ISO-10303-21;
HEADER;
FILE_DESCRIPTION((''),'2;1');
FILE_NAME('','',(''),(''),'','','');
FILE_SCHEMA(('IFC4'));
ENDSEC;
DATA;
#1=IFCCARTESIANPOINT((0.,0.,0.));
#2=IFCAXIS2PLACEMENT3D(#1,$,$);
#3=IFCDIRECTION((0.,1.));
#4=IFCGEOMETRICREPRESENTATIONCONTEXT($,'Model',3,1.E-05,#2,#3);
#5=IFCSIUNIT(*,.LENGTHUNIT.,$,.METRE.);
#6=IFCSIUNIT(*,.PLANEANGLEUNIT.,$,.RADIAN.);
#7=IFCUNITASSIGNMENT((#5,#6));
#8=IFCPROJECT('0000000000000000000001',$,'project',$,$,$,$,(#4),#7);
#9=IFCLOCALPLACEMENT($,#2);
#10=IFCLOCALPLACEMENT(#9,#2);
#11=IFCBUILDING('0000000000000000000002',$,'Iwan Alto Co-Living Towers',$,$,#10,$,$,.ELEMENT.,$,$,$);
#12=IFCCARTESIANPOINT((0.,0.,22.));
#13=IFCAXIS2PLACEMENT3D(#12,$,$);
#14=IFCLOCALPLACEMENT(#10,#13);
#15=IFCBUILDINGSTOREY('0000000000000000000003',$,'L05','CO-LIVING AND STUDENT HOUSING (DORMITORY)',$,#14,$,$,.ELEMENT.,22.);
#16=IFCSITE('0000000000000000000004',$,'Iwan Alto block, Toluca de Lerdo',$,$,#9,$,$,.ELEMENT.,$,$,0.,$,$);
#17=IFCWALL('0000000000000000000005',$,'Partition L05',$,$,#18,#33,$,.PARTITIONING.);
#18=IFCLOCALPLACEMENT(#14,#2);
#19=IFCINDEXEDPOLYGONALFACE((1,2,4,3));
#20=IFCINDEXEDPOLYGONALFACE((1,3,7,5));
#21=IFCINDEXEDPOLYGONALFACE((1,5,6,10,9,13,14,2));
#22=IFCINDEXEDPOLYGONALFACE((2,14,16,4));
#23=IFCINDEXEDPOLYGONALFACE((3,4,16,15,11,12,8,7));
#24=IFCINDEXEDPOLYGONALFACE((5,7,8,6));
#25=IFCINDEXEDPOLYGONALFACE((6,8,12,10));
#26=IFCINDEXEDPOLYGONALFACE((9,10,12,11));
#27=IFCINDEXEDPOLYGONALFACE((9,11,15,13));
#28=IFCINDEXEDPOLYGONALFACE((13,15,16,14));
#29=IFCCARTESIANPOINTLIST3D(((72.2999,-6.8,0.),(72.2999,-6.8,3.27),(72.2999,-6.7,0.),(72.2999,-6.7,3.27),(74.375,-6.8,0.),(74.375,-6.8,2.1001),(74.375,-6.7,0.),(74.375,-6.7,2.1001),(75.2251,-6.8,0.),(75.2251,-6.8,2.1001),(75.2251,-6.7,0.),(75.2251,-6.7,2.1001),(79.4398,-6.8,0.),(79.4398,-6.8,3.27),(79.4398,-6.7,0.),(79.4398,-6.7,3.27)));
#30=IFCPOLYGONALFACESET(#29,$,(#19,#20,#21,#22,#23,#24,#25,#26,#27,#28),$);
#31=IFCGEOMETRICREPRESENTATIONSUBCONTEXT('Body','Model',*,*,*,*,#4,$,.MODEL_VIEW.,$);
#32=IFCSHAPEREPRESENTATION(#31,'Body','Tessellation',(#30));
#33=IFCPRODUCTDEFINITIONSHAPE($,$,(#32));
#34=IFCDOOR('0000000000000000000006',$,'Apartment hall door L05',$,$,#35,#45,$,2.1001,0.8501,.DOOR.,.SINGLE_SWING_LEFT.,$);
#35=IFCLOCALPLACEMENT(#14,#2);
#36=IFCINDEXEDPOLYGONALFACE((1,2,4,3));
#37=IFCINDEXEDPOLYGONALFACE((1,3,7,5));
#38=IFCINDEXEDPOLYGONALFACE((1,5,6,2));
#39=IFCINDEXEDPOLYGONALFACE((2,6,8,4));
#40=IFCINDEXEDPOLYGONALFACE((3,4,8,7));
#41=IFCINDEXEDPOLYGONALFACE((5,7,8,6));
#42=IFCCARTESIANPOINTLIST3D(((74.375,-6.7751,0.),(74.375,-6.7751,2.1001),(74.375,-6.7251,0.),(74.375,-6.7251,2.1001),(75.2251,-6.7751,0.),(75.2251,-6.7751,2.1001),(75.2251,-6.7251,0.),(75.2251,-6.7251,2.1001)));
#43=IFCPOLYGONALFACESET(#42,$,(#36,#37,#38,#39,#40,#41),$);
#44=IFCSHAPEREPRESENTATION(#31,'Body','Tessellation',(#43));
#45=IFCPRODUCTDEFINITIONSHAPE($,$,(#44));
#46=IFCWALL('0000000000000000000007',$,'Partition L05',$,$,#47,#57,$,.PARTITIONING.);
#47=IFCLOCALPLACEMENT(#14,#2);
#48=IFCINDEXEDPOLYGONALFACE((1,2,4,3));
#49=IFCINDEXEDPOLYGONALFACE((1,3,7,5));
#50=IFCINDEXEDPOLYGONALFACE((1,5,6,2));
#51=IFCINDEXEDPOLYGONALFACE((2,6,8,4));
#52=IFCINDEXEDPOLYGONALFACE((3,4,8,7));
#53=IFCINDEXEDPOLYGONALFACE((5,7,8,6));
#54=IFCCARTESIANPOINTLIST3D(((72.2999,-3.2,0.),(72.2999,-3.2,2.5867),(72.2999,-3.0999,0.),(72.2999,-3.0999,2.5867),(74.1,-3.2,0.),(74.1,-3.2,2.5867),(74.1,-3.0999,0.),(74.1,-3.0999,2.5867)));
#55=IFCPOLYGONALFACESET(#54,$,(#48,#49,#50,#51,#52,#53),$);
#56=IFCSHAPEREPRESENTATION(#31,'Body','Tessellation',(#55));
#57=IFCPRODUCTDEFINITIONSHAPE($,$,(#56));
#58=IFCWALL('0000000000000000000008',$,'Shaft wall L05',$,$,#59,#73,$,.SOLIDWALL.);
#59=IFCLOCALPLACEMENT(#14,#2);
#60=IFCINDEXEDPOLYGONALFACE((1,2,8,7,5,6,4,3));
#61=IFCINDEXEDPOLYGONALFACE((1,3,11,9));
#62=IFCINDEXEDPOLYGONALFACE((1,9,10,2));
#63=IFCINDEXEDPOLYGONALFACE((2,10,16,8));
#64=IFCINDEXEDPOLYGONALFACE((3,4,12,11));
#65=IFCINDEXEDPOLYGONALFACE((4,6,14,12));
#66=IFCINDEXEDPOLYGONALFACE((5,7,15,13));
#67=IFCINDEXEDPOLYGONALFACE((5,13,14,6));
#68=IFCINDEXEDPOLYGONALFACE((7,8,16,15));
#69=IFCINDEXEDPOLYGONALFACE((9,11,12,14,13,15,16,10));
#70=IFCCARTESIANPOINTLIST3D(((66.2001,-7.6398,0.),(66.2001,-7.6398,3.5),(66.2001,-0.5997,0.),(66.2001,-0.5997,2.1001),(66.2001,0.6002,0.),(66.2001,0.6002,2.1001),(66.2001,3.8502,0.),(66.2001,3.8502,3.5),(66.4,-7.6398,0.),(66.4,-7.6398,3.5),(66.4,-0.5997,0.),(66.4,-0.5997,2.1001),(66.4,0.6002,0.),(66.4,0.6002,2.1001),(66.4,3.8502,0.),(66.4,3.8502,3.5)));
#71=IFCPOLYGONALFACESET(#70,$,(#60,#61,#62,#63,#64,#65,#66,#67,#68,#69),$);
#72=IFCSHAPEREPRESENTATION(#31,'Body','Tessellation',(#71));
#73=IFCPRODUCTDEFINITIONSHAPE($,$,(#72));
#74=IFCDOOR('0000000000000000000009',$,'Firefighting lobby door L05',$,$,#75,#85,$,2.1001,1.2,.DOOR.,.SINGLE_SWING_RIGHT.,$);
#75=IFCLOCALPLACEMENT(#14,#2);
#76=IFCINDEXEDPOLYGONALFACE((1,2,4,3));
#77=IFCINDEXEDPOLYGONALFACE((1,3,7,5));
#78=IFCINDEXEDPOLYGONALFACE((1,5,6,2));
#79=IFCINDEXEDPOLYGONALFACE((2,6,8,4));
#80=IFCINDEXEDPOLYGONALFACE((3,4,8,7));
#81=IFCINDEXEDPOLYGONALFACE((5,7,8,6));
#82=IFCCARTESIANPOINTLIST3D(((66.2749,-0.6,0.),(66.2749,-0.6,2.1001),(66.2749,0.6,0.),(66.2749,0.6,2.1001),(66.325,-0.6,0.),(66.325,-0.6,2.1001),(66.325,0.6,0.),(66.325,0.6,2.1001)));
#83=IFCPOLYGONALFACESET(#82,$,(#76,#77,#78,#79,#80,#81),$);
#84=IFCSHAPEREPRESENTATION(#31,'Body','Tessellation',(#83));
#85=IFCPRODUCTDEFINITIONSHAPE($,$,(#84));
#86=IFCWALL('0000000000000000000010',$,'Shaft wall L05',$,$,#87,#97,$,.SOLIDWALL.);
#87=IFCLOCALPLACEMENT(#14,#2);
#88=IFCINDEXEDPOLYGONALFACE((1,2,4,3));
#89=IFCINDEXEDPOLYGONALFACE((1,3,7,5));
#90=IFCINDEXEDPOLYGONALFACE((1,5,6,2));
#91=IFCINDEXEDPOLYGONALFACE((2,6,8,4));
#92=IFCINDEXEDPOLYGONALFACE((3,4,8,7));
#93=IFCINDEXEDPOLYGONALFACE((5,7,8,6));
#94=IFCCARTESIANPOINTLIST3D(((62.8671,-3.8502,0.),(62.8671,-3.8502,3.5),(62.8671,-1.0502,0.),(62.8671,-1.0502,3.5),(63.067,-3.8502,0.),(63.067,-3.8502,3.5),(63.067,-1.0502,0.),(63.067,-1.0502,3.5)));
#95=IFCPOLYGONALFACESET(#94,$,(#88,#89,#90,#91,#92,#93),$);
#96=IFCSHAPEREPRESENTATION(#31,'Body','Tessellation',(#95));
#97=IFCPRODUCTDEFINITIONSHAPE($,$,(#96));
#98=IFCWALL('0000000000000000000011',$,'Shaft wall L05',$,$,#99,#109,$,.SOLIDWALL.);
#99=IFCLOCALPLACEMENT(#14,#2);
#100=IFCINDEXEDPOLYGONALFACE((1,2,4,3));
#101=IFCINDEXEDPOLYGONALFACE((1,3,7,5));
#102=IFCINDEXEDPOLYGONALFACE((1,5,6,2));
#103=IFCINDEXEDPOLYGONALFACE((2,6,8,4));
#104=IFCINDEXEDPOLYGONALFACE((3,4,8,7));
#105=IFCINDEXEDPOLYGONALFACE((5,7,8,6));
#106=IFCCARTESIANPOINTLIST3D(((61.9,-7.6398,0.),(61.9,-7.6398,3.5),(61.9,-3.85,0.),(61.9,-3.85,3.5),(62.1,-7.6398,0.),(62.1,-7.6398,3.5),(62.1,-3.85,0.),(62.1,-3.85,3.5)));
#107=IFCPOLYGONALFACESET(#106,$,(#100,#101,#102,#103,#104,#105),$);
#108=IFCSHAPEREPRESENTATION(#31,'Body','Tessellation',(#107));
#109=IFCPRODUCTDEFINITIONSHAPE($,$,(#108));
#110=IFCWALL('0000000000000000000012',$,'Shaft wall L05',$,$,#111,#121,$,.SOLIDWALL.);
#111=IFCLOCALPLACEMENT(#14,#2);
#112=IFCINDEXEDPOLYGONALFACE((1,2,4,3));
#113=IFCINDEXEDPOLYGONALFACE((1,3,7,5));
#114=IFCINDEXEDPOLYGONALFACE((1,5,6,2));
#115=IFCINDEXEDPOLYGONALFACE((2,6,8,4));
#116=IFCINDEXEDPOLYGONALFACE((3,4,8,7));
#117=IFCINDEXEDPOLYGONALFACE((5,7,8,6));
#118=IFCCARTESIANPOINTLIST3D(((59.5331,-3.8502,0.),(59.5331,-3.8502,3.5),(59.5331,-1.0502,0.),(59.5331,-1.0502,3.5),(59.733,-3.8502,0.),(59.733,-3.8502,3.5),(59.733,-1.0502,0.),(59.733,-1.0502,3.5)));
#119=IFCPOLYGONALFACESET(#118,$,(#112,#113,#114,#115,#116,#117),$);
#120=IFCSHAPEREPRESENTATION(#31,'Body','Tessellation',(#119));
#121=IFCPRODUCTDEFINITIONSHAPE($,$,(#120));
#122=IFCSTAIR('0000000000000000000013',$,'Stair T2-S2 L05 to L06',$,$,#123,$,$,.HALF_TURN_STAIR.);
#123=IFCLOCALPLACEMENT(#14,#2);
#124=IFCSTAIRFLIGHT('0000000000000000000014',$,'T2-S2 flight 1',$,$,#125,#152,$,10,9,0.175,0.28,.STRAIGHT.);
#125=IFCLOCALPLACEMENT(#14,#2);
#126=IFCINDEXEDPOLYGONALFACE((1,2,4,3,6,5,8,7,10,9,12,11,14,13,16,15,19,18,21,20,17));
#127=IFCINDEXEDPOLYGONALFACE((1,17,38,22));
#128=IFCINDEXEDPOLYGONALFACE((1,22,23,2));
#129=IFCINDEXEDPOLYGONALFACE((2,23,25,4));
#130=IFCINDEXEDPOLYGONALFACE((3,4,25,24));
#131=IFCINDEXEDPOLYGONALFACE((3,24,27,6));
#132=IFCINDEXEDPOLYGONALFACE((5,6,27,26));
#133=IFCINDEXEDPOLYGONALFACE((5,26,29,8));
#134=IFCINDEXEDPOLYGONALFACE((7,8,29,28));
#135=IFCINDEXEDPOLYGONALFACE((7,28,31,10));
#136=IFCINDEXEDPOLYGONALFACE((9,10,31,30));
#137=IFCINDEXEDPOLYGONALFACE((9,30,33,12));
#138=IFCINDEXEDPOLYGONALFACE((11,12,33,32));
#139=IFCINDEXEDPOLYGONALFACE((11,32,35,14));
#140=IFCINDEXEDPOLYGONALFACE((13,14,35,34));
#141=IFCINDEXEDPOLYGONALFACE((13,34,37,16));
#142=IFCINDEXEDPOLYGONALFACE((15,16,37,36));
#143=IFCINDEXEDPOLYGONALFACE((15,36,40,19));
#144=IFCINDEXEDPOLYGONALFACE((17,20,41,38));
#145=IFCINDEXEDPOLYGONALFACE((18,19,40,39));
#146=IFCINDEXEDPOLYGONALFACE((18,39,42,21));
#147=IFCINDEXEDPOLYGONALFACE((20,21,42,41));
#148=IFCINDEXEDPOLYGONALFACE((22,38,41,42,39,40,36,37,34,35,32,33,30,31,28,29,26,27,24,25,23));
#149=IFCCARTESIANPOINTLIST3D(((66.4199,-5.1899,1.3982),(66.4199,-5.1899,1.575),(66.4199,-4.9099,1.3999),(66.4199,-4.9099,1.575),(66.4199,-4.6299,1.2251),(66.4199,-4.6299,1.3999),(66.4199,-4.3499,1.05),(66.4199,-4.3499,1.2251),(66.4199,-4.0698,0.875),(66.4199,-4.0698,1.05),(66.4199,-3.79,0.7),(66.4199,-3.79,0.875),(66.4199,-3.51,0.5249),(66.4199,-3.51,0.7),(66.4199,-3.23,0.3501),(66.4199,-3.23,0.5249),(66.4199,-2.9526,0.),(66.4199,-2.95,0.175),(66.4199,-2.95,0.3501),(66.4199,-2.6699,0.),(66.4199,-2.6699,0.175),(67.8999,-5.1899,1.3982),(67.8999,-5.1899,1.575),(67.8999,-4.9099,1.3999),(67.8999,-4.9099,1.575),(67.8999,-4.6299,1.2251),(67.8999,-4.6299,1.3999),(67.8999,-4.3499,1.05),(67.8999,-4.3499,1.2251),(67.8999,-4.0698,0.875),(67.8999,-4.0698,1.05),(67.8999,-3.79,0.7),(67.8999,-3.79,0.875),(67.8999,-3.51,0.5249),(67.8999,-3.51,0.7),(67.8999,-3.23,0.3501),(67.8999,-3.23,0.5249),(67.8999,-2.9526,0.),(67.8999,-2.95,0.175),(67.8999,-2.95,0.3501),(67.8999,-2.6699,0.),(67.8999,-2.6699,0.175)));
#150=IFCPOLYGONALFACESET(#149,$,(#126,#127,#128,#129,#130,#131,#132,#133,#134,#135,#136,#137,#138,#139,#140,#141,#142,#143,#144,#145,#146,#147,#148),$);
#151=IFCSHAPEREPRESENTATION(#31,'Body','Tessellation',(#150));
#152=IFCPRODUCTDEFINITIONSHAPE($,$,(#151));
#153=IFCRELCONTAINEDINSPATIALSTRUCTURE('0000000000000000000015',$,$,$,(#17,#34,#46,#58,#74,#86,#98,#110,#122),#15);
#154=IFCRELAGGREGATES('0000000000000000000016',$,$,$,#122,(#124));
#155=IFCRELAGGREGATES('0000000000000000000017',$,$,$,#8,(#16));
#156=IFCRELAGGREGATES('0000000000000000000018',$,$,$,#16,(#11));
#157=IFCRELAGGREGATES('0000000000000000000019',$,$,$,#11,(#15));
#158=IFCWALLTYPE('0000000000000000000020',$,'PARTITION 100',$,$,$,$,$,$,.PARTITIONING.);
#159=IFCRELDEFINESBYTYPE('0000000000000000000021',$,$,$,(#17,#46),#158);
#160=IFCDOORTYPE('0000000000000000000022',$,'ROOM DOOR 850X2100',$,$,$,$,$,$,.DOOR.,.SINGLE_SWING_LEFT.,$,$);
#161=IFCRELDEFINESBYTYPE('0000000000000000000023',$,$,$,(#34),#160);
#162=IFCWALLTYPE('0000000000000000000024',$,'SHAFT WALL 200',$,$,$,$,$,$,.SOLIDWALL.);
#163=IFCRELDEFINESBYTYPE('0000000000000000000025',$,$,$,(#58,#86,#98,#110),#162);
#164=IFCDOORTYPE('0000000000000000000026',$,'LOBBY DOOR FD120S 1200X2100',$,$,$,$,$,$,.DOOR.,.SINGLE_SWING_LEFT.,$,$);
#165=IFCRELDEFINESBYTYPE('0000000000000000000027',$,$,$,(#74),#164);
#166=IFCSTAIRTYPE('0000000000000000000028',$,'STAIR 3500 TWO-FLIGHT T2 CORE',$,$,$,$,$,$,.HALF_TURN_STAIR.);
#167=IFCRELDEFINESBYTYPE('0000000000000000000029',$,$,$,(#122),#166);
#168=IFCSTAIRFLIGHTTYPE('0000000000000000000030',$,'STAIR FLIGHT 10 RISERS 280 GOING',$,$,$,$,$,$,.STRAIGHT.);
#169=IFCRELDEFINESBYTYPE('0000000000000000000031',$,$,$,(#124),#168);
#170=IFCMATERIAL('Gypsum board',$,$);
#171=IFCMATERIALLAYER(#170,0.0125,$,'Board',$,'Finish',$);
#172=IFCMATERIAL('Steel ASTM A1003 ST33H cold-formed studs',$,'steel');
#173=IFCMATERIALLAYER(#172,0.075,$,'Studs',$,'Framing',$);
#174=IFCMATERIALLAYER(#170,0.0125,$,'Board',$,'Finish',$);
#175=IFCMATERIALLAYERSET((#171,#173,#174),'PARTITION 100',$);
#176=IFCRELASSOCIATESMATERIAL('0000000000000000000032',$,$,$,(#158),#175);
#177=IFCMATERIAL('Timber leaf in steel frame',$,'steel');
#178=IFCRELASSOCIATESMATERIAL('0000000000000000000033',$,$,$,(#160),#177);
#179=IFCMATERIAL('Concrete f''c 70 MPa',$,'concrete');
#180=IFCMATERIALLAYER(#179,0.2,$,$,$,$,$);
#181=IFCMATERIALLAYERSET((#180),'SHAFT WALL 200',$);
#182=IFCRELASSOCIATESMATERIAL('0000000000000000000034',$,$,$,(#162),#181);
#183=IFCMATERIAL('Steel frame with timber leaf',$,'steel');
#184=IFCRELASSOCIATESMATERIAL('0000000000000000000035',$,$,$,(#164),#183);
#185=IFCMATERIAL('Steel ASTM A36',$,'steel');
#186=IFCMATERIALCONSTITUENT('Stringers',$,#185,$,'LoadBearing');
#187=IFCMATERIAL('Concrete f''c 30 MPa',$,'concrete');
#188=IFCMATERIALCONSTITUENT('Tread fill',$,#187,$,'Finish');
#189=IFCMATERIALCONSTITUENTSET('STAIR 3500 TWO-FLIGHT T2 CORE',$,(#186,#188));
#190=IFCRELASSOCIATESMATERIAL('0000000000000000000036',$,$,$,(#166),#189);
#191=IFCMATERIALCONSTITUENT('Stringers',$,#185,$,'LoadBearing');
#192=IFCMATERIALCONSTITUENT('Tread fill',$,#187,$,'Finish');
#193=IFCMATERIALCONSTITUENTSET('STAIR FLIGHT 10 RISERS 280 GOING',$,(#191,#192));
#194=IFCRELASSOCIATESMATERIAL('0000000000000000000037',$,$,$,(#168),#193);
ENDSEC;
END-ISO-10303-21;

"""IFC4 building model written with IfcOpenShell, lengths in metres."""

from ifc_helpers import new_model, si_unit, direction, frame, frame_2d, origin, place, context, subcontext, project, spatial, polyline, rectangle, outline, extrude, material, layer, layer_set, constituent, constituent_set, type_object, element, fill, aggregate, save


model = new_model("IFC4")

# Units and contexts
model_context = context("Model", 3, precision=1e-05, world=origin(), true_north=direction((0.0, 1.0)))
body_context = subcontext(model_context, "Body", "Model", "MODEL_VIEW")
ifc_project = project(units=[si_unit("LENGTHUNIT", "METRE"), si_unit("PLANEANGLEUNIT", "RADIAN")], contexts=[model_context])

# Site, building, storey
site_placement = place(None, origin())
site = spatial("IfcSite", under=ifc_project, at=site_placement, Name="Iwan Alto block, Toluca de Lerdo", CompositionType="ELEMENT", RefElevation=0.0)
building_placement = place(site_placement, origin())
building = spatial("IfcBuilding", under=site, at=building_placement, Name="Iwan Alto Co-Living Towers", CompositionType="ELEMENT")
storey_placement = place(building_placement, frame((0.0, 0.0, 22.0)))
storey = spatial("IfcBuildingStorey", under=building, at=storey_placement, Name="L05", Description="CO-LIVING AND STUDENT HOUSING (DORMITORY)", CompositionType="ELEMENT", Elevation=22.0)

# Wall, opening, door
ifc_material_1 = material(Name="Gypsum board")
ifc_layer_1 = layer(ifc_material_1, 0.0125, Name="Board", Category="Finish")
ifc_material_2 = material(Name="Steel ASTM A1003 ST33H cold-formed studs", Category="steel")
ifc_layer_2 = layer(ifc_material_2, 0.075, Name="Studs", Category="Framing")
ifc_layer_3 = layer(ifc_material_1, 0.0125, Name="Board", Category="Finish")
ifc_layer_set_1 = layer_set([ifc_layer_1, ifc_layer_2, ifc_layer_3], Name="PARTITION 100")
wall_type_1 = type_object("IfcWallType", Name="PARTITION 100", PredefinedType="PARTITIONING", material=ifc_layer_set_1)
wall_1_placement = place(storey_placement, frame((72.3, -6.75, 0.0), z_axis=(0.0, 0.0, 1.0), x_axis=(1.0, 0.0, 0.0)))
wall_1 = element("IfcWall", 1, at=wall_1_placement, inside=storey, type_object=wall_type_1, Name="Partition L05", PredefinedType="PARTITIONING", context=body_context, shape_type="SweptSolid", body=[
    extrude(rectangle(XDim=7.1399, YDim=0.1001, at=frame_2d((3.5698, 0.0))), origin(), (0.0, 0.0, 1.0), 3.27),
])
opening_1_placement = place(wall_1_placement, frame((2.075, 0.0, 0.0)))
opening_1 = element("IfcOpeningElement", 2, at=opening_1_placement, cuts=wall_1, PredefinedType="OPENING", context=body_context, shape_type="SweptSolid", body=[
    extrude(rectangle(XDim=0.8501, YDim=2.1001, at=frame_2d((0.425, 1.05))), frame((0.0, 0.0601, 0.0), z_axis=(0.0, -1.0, 0.0), x_axis=(1.0, 0.0, 0.0)), (0.0, 0.0, 1.0), 0.1201),
])
ifc_material_3 = material(Name="Timber leaf in steel frame", Category="steel")
door_type_1 = type_object("IfcDoorType", Name="ROOM DOOR 850X2100", OperationType="SINGLE_SWING_LEFT", PredefinedType="DOOR", material=ifc_material_3)
door_1_placement = place(opening_1_placement, origin())
door_1 = element("IfcDoor", 3, at=door_1_placement, inside=storey, type_object=door_type_1, Name="Apartment hall door L05", OperationType="SINGLE_SWING_LEFT", OverallHeight=2.1001, OverallWidth=0.8501, PredefinedType="DOOR", context=body_context, shape_type="SweptSolid", body=[
    extrude(rectangle(XDim=0.8501, YDim=2.1001, at=frame_2d((0.425, 1.05))), frame((0.0, 0.0249, 0.0), z_axis=(0.0, -1.0, 0.0), x_axis=(1.0, 0.0, 0.0)), (0.0, 0.0, 1.0), 0.05),
])
fill(opening_1, door_1)

# Wall
wall_2_placement = place(storey_placement, frame((72.3, -3.1499, 0.0), z_axis=(0.0, 0.0, 1.0), x_axis=(1.0, 0.0, 0.0)))
element("IfcWall", 4, at=wall_2_placement, inside=storey, type_object=wall_type_1, Name="Partition L05", PredefinedType="PARTITIONING", context=body_context, shape_type="SweptSolid", body=[
    extrude(rectangle(XDim=1.8, YDim=0.1001, at=frame_2d((0.8999, 0.0))), origin(), (0.0, 0.0, 1.0), 2.5867),
])

# Wall, opening, door
ifc_material_4 = material(Name="Concrete f'c 70 MPa", Category="concrete")
ifc_layer_4 = layer(ifc_material_4, 0.2)
ifc_layer_set_2 = layer_set([ifc_layer_4], Name="SHAFT WALL 200")
wall_type_2 = type_object("IfcWallType", Name="SHAFT WALL 200", PredefinedType="SOLIDWALL", material=ifc_layer_set_2)
wall_3_placement = place(storey_placement, frame((66.3, -7.6399, 0.0), z_axis=(0.0, 0.0, 1.0), x_axis=(0.0, 1.0, 0.0)))
wall_3 = element("IfcWall", 5, at=wall_3_placement, inside=storey, type_object=wall_type_2, Name="Shaft wall L05", PredefinedType="SOLIDWALL", context=body_context, shape_type="SweptSolid", body=[
    extrude(rectangle(XDim=11.49, YDim=0.2, at=frame_2d((5.7451, 0.0))), origin(), (0.0, 0.0, 1.0), 3.5),
])
opening_2_placement = place(wall_3_placement, frame((7.04, 0.0, 0.0)))
opening_2 = element("IfcOpeningElement", 6, at=opening_2_placement, cuts=wall_3, PredefinedType="OPENING", context=body_context, shape_type="SweptSolid", body=[
    extrude(rectangle(XDim=1.2, YDim=2.1001, at=frame_2d((0.6001, 1.05))), frame((0.0, 0.1099, 0.0), z_axis=(0.0, -1.0, 0.0), x_axis=(1.0, 0.0, 0.0)), (0.0, 0.0, 1.0), 0.22),
])
ifc_material_5 = material(Name="Steel frame with timber leaf", Category="steel")
door_type_2 = type_object("IfcDoorType", Name="LOBBY DOOR FD120S 1200X2100", OperationType="SINGLE_SWING_LEFT", PredefinedType="DOOR", material=ifc_material_5)
door_2_placement = place(opening_2_placement, frame((1.2, 0.0, 0.0), z_axis=(0.0, 0.0, 1.0), x_axis=(-1.0, 0.0, 0.0)))
door_2 = element("IfcDoor", 7, at=door_2_placement, inside=storey, type_object=door_type_2, Name="Firefighting lobby door L05", OperationType="SINGLE_SWING_RIGHT", OverallHeight=2.1001, OverallWidth=1.2, PredefinedType="DOOR", context=body_context, shape_type="SweptSolid", body=[
    extrude(rectangle(XDim=1.2, YDim=2.1001, at=frame_2d((0.6001, 1.05))), frame((0.0, 0.0249, 0.0), z_axis=(0.0, -1.0, 0.0), x_axis=(1.0, 0.0, 0.0)), (0.0, 0.0, 1.0), 0.05),
])
fill(opening_2, door_2)

# Walls
wall_4_placement = place(storey_placement, frame((62.967, -3.8501, 0.0), z_axis=(0.0, 0.0, 1.0), x_axis=(0.0, 1.0, 0.0)))
element("IfcWall", 8, at=wall_4_placement, inside=storey, type_object=wall_type_2, Name="Shaft wall L05", PredefinedType="SOLIDWALL", context=body_context, shape_type="SweptSolid", body=[
    extrude(rectangle(XDim=2.8, YDim=0.2, at=frame_2d((1.3999, 0.0))), origin(), (0.0, 0.0, 1.0), 3.5),
])
wall_5_placement = place(storey_placement, frame((62.0, -7.6399, 0.0), z_axis=(0.0, 0.0, 1.0), x_axis=(0.0, 1.0, 0.0)))
element("IfcWall", 9, at=wall_5_placement, inside=storey, type_object=wall_type_2, Name="Shaft wall L05", PredefinedType="SOLIDWALL", context=body_context, shape_type="SweptSolid", body=[
    extrude(rectangle(XDim=3.7898, YDim=0.2, at=frame_2d((1.895, 0.0))), origin(), (0.0, 0.0, 1.0), 3.5),
])
wall_6_placement = place(storey_placement, frame((59.6331, -3.8501, 0.0), z_axis=(0.0, 0.0, 1.0), x_axis=(0.0, 1.0, 0.0)))
element("IfcWall", 10, at=wall_6_placement, inside=storey, type_object=wall_type_2, Name="Shaft wall L05", PredefinedType="SOLIDWALL", context=body_context, shape_type="SweptSolid", body=[
    extrude(rectangle(XDim=2.8, YDim=0.2, at=frame_2d((1.3999, 0.0))), origin(), (0.0, 0.0, 1.0), 3.5),
])

# Stair, stair flight
ifc_material_6 = material(Name="Steel ASTM A36", Category="steel")
ifc_constituent_1 = constituent(ifc_material_6, Name="Stringers", Category="LoadBearing")
ifc_material_7 = material(Name="Concrete f'c 30 MPa", Category="concrete")
ifc_constituent_2 = constituent(ifc_material_7, Name="Tread fill", Category="Finish")
ifc_constituent_set_1 = constituent_set(constituents=[ifc_constituent_1, ifc_constituent_2], Name="STAIR 3500 TWO-FLIGHT T2 CORE")
stair_type = type_object("IfcStairType", Name="STAIR 3500 TWO-FLIGHT T2 CORE", PredefinedType="HALF_TURN_STAIR", material=ifc_constituent_set_1)
stair_placement = place(storey_placement, origin())
stair = element("IfcStair", 11, at=stair_placement, inside=storey, type_object=stair_type, Name="Stair T2-S2 L05 to L06", PredefinedType="HALF_TURN_STAIR")
ifc_constituent_3 = constituent(ifc_material_6, Name="Stringers", Category="LoadBearing")
ifc_constituent_4 = constituent(ifc_material_7, Name="Tread fill", Category="Finish")
ifc_constituent_set_2 = constituent_set(constituents=[ifc_constituent_3, ifc_constituent_4], Name="STAIR FLIGHT 10 RISERS 280 GOING")
stair_flight_type = type_object("IfcStairFlightType", Name="STAIR FLIGHT 10 RISERS 280 GOING", PredefinedType="STRAIGHT", material=ifc_constituent_set_2)
stair_flight_1_placement = place(storey_placement, frame((67.1599, -2.6699, 0.0), z_axis=(0.0, 0.0, 1.0), x_axis=(0.0, -1.0, 0.0)))
stair_flight_1 = element("IfcStairFlight", 12, at=stair_flight_1_placement, type_object=stair_flight_type, Name="T2-S2 flight 1", NumberOfRisers=10, NumberOfTreads=9, PredefinedType="STRAIGHT", RiserHeight=0.175, TreadLength=0.28, context=body_context, shape_type="SweptSolid", body=[
    extrude(outline(polyline([(0.0, 0.0), (0.0, 0.175), (0.28, 0.175), (0.28, 0.3501), (0.5601, 0.3501), (0.5601, 0.5249), (0.8401, 0.5249), (0.8401, 0.7), (1.1201, 0.7), (1.1201, 0.875), (1.3999, 0.875), (1.3999, 1.05), (1.6799, 1.05), (1.6799, 1.2251), (1.96, 1.2251), (1.96, 1.3999), (2.24, 1.3999), (2.24, 1.575), (2.52, 1.575), (2.52, 1.75), (2.52, 1.3982), (0.2827, 0.0), (0.0, 0.0)])), frame((0.0, 0.74, 0.0), z_axis=(0.0, -1.0, 0.0), x_axis=(1.0, 0.0, 0.0)), (0.0, 0.0, 1.0), 1.48),
])
aggregate(stair, [stair_flight_1])

save(model, "model.ifc")
